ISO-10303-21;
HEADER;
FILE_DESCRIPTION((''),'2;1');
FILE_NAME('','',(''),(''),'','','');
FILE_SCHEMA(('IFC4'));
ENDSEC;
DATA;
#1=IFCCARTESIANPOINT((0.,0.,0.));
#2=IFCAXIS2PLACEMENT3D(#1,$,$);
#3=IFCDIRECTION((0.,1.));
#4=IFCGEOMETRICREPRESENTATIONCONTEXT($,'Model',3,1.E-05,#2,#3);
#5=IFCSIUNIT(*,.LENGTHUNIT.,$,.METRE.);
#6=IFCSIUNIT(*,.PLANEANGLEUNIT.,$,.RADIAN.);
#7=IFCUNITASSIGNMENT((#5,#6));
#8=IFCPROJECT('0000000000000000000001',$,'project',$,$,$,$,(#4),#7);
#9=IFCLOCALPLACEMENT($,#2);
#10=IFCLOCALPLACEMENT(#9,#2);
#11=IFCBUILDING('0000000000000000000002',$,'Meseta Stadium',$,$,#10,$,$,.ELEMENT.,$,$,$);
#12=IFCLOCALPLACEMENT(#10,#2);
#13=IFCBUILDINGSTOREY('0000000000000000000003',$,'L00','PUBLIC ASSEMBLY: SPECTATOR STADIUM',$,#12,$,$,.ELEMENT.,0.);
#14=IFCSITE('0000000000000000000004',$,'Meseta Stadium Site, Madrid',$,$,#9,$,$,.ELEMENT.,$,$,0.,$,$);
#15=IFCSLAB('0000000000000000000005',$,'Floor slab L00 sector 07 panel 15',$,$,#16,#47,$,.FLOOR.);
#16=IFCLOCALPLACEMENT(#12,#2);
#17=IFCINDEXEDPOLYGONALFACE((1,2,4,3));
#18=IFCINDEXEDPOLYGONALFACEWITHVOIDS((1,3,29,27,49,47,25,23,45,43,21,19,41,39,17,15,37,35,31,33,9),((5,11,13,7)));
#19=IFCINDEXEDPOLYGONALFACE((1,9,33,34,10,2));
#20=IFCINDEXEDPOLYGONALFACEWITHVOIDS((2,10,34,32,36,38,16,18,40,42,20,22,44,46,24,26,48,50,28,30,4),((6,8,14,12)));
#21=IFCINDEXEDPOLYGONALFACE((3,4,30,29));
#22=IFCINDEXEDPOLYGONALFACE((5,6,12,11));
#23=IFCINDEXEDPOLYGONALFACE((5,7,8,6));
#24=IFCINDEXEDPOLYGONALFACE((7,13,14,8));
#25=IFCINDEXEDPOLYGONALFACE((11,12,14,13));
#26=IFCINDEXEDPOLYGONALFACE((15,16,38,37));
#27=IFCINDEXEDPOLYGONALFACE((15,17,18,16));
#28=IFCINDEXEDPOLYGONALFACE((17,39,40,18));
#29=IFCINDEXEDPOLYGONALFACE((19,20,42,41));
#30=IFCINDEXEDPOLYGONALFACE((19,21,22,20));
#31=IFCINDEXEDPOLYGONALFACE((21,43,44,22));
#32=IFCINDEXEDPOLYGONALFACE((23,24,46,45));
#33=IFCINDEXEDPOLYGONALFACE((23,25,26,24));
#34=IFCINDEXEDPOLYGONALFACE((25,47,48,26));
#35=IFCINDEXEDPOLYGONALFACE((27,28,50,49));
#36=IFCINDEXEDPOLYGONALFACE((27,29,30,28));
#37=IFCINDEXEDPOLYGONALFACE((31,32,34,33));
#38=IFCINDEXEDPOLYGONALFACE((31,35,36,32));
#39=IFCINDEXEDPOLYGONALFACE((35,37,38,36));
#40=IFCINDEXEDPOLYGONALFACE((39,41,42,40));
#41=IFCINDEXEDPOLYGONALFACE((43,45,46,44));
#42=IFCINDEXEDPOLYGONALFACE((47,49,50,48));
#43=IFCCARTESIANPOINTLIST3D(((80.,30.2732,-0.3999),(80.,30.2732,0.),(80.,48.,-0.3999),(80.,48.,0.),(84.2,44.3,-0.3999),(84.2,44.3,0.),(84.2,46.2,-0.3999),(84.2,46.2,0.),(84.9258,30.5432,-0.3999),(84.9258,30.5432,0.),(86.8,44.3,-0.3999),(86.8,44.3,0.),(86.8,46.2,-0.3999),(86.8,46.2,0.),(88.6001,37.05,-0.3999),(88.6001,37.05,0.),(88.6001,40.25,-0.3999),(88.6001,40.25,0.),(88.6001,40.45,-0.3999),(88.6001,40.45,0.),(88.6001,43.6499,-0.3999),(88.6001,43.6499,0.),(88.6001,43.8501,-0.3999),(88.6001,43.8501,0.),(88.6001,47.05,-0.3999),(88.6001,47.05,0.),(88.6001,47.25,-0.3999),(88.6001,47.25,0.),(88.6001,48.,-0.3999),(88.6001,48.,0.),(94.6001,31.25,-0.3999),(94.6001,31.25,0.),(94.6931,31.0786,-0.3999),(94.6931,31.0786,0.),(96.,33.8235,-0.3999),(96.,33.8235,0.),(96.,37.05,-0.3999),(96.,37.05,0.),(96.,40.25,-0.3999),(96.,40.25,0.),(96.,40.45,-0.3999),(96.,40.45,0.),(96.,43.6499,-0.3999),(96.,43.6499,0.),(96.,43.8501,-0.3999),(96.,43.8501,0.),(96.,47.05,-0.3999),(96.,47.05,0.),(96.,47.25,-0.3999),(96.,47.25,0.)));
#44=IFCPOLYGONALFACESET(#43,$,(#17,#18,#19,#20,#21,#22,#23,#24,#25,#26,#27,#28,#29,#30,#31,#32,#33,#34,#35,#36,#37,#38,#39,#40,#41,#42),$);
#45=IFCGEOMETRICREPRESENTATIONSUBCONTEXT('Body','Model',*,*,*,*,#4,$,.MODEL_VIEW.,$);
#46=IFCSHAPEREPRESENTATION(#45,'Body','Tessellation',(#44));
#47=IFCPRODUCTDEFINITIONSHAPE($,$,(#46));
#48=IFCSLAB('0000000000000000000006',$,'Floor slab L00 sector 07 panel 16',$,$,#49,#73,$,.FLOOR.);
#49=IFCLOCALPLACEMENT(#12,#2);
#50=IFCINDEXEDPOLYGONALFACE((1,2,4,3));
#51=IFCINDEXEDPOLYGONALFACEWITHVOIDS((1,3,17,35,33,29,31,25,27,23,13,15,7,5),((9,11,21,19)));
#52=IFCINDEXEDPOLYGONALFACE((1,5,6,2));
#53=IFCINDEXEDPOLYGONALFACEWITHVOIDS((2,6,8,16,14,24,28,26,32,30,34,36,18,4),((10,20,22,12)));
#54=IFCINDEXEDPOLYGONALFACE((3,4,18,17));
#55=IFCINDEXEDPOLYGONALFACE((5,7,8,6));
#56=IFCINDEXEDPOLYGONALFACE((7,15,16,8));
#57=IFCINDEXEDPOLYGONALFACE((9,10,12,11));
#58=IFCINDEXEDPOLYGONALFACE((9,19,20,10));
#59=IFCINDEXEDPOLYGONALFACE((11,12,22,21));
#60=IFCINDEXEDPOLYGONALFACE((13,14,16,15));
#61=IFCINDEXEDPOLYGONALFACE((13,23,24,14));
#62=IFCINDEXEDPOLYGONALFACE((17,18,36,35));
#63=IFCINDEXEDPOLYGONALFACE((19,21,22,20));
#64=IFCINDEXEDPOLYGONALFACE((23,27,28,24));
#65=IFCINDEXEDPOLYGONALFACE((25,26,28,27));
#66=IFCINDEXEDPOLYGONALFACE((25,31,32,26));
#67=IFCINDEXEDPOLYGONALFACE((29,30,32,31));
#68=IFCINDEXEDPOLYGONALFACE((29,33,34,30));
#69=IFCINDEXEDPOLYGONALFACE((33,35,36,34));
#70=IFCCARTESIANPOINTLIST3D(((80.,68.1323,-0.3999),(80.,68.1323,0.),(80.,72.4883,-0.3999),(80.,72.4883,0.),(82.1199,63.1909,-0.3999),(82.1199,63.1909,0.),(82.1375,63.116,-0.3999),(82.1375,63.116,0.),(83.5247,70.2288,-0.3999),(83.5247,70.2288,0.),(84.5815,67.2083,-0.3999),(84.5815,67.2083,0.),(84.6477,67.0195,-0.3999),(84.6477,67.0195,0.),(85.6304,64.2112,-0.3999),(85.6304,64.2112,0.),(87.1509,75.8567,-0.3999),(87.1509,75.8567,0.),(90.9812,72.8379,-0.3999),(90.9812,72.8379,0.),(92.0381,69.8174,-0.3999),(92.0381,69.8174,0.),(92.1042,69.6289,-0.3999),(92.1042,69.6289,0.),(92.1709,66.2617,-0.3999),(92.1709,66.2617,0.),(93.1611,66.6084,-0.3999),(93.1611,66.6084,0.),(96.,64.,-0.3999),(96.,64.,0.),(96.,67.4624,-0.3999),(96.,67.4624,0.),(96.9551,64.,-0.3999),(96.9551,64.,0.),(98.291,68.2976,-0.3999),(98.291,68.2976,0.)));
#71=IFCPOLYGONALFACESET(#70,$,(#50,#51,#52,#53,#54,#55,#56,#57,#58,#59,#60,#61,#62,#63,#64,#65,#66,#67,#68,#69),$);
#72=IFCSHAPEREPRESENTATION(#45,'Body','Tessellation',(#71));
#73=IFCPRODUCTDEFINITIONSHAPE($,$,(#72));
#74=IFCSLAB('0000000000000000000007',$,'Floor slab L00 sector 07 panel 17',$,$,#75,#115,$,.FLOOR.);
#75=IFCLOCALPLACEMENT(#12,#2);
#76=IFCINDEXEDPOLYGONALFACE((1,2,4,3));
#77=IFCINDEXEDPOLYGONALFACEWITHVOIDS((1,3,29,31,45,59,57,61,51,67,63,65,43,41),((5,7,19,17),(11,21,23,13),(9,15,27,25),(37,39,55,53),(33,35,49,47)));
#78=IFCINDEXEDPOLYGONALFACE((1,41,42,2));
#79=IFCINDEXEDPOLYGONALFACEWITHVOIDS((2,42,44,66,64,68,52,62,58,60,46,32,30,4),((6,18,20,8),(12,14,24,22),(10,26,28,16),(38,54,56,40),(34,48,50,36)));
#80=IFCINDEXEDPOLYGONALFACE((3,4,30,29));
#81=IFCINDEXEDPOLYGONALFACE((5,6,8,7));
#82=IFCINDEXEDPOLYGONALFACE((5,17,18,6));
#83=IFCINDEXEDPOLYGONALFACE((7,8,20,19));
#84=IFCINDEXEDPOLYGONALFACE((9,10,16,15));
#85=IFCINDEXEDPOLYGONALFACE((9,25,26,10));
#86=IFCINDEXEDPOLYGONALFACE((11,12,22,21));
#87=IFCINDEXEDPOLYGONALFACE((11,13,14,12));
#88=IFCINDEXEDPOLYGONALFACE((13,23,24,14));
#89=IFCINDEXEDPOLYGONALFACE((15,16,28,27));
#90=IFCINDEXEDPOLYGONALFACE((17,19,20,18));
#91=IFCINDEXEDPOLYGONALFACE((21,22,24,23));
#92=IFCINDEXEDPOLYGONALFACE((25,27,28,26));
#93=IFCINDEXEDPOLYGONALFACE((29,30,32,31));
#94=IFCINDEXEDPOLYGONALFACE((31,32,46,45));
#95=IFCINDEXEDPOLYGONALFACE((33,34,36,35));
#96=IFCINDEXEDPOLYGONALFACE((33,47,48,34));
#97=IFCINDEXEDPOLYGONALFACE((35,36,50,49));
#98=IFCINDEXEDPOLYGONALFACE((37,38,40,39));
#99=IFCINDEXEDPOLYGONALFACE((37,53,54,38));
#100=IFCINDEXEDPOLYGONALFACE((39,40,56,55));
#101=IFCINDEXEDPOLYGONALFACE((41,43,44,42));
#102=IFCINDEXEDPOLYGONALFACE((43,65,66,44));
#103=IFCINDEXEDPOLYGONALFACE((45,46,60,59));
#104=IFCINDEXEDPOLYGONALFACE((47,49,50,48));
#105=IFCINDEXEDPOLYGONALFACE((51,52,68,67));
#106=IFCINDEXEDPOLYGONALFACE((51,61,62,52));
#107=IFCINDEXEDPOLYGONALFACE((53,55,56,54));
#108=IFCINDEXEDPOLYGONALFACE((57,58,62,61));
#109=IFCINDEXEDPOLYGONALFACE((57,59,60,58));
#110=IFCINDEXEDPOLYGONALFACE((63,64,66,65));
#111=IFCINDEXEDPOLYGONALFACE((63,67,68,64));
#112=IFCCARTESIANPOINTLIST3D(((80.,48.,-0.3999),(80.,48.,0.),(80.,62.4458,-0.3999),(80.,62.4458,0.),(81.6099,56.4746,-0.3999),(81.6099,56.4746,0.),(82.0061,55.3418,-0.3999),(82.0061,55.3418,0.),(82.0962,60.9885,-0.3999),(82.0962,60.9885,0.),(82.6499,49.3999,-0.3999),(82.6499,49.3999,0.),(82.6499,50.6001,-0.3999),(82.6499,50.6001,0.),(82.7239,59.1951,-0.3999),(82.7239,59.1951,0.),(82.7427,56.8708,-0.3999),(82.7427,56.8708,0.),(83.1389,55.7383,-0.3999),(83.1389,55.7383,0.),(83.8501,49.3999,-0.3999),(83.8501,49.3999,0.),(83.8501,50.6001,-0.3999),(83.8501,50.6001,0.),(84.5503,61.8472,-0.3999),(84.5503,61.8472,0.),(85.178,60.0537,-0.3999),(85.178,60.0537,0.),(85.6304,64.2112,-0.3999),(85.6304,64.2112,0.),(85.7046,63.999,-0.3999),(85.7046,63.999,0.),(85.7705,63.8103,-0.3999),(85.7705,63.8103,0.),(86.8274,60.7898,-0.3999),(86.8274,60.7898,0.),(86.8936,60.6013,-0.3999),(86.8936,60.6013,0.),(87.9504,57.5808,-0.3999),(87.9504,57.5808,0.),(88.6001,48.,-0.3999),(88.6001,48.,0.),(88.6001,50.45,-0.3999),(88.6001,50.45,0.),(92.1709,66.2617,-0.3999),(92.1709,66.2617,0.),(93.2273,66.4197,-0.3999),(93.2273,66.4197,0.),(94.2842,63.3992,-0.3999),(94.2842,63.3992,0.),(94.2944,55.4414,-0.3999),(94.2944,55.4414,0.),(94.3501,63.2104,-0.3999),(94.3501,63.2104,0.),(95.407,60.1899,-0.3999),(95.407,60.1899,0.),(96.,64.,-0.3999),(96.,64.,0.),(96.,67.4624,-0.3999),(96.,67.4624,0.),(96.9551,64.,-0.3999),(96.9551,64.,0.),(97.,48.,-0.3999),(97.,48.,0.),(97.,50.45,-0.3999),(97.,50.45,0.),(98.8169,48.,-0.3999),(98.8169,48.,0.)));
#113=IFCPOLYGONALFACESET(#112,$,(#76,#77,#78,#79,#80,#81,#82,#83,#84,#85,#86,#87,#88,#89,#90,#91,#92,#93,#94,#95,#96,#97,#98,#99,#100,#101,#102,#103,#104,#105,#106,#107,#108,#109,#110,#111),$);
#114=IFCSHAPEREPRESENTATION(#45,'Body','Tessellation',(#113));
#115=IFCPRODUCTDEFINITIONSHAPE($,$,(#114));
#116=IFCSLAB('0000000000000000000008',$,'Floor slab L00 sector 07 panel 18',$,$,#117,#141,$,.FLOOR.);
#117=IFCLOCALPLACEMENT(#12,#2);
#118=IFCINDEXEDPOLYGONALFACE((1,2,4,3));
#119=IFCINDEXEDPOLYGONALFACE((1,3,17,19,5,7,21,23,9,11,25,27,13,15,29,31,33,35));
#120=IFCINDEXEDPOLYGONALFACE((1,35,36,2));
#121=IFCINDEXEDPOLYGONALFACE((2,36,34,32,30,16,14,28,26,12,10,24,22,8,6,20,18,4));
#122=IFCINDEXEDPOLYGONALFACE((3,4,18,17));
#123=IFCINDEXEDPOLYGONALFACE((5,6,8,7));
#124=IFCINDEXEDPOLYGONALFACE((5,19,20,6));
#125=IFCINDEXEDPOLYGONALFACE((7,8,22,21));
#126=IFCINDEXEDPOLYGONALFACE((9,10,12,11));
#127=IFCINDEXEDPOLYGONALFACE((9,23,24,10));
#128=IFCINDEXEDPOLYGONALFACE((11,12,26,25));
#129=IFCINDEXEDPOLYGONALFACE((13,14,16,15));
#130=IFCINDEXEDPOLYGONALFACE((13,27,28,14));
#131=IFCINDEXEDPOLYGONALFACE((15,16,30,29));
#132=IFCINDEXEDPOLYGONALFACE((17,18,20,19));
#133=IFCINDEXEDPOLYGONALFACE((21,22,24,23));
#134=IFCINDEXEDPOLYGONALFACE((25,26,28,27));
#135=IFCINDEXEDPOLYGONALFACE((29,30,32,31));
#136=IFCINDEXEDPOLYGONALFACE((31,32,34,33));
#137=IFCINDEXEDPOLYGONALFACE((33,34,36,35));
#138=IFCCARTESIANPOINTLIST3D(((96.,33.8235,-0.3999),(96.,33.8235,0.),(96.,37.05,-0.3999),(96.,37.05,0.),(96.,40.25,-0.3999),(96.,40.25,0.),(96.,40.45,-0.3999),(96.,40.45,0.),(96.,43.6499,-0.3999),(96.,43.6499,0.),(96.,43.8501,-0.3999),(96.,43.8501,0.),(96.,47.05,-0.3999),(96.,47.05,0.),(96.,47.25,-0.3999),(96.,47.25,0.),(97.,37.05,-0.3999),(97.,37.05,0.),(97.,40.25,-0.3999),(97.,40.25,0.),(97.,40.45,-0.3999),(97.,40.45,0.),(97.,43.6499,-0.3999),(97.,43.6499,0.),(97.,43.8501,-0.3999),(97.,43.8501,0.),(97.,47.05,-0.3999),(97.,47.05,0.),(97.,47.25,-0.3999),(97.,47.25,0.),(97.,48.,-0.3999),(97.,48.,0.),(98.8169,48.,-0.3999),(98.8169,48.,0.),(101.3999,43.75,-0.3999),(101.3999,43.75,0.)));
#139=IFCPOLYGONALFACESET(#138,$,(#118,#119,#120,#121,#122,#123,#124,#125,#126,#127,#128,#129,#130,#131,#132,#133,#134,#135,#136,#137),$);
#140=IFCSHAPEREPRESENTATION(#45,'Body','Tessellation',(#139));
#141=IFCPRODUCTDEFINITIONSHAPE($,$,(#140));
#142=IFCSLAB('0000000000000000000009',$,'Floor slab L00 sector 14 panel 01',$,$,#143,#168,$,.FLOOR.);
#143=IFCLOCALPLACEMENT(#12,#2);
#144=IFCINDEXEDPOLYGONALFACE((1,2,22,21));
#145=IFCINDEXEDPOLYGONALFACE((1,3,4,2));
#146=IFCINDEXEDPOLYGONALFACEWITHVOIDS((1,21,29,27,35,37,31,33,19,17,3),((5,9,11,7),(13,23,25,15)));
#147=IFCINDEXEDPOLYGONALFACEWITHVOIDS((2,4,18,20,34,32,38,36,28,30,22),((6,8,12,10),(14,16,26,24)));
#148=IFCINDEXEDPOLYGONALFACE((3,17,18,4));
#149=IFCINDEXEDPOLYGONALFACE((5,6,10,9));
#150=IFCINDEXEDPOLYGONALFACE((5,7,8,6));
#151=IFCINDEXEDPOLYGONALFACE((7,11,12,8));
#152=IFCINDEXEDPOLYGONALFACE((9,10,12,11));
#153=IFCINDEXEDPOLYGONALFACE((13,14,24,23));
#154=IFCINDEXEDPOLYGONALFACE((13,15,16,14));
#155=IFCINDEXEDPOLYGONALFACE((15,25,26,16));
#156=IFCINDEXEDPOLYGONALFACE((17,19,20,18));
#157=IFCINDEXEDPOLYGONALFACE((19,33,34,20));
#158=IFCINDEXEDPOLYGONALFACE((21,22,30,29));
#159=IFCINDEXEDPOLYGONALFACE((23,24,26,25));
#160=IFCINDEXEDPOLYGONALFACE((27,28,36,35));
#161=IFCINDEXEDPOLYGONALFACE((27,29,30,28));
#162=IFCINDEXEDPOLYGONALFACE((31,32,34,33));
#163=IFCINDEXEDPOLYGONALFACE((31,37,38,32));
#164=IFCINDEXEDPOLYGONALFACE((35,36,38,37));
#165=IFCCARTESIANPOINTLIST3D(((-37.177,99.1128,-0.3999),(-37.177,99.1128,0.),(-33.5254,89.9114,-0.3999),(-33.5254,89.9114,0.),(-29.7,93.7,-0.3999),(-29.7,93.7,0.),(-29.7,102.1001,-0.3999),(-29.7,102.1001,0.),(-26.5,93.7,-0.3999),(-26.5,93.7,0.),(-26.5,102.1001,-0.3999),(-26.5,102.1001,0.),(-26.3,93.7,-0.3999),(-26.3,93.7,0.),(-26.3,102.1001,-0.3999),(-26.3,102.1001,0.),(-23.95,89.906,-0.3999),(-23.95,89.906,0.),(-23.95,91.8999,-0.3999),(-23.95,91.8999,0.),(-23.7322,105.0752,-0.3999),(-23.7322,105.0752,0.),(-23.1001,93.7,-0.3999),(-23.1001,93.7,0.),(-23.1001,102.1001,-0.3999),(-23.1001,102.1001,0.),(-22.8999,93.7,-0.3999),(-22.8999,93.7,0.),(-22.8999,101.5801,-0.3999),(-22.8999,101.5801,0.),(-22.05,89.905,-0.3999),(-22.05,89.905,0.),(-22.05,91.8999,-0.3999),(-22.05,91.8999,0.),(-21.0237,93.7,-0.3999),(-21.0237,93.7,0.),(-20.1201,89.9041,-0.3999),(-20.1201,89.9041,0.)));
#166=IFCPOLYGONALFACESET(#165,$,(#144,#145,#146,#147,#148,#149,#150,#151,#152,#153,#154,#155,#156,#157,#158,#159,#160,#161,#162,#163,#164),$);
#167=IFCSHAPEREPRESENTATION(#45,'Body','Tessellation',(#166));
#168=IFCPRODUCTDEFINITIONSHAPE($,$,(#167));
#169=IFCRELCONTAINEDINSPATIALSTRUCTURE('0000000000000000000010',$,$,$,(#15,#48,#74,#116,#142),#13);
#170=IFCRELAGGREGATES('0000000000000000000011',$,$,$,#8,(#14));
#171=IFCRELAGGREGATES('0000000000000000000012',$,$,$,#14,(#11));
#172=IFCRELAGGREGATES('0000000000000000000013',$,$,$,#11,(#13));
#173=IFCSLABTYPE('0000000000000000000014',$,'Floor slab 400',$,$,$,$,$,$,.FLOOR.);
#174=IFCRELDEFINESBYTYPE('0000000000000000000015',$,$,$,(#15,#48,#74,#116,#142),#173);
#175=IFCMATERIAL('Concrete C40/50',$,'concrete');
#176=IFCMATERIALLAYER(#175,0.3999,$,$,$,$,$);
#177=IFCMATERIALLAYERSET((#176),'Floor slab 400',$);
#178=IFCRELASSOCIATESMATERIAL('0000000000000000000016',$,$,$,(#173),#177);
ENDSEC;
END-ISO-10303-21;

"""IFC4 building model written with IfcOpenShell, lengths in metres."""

from ifc_helpers import new_model, si_unit, direction, frame, origin, place, context, subcontext, project, spatial, polyline, outline, extrude, material, layer, layer_set, type_object, element, save


model = new_model("IFC4")

# Units and contexts
model_context = context("Model", 3, precision=1e-05, world=origin(), true_north=direction((0.0, 1.0)))
body_context = subcontext(model_context, "Body", "Model", "MODEL_VIEW")
ifc_project = project(units=[si_unit("LENGTHUNIT", "METRE"), si_unit("PLANEANGLEUNIT", "RADIAN")], contexts=[model_context])

# Site, building, storey
site_placement = place(None, origin())
site = spatial("IfcSite", under=ifc_project, at=site_placement, Name="Meseta Stadium Site, Madrid", CompositionType="ELEMENT", RefElevation=0.0)
building_placement = place(site_placement, origin())
building = spatial("IfcBuilding", under=site, at=building_placement, Name="Meseta Stadium", CompositionType="ELEMENT")
storey_placement = place(building_placement, origin())
storey = spatial("IfcBuildingStorey", under=building, at=storey_placement, Name="L00", Description="PUBLIC ASSEMBLY: SPECTATOR STADIUM", CompositionType="ELEMENT", Elevation=0.0)

# Slabs
ifc_material = material(Name="Concrete C40/50", Category="concrete")
ifc_layer = layer(ifc_material, 0.3999)
ifc_layer_set = layer_set([ifc_layer], Name="Floor slab 400")
slab_type = type_object("IfcSlabType", Name="Floor slab 400", PredefinedType="FLOOR", material=ifc_layer_set)
slab_1_placement = place(storey_placement, frame((0.0, 0.0, -0.3999)))
element("IfcSlab", 1, at=slab_1_placement, inside=storey, type_object=slab_type, Name="Floor slab L00 sector 07 panel 15", PredefinedType="FLOOR", context=body_context, shape_type="SweptSolid", body=[
    extrude(outline(polyline([(96.0, 40.25), (96.0, 40.45), (88.6001, 40.45), (88.6001, 43.6499), (96.0, 43.6499), (96.0, 43.8501), (88.6001, 43.8501), (88.6001, 47.05), (96.0, 47.05), (96.0, 47.25), (88.6001, 47.25), (88.6001, 48.0), (80.0, 48.0), (80.0, 30.2732), (84.9258, 30.5432), (94.6931, 31.0786), (94.6001, 31.25), (96.0, 33.8235), (96.0, 37.05), (88.6001, 37.05), (88.6001, 40.25), (96.0, 40.25)]), holes=[polyline([(86.8, 46.2), (86.8, 44.3), (84.2, 44.3), (84.2, 46.2), (86.8, 46.2)])]), origin(), (0.0, 0.0, 1.0), 0.3999),
])
slab_2_placement = place(storey_placement, frame((0.0, 0.0, -0.3999)))
element("IfcSlab", 2, at=slab_2_placement, inside=storey, type_object=slab_type, Name="Floor slab L00 sector 07 panel 16", PredefinedType="FLOOR", context=body_context, shape_type="SweptSolid", body=[
    extrude(outline(polyline([(82.1199, 63.1909), (82.1375, 63.116), (85.6304, 64.2112), (84.6477, 67.0195), (92.1042, 69.6289), (93.1611, 66.6084), (92.1709, 66.2617), (96.0, 67.4624), (96.0, 64.0), (96.9551, 64.0), (98.291, 68.2976), (87.1509, 75.8567), (80.0, 72.4883), (80.0, 68.1323), (82.1199, 63.1909)]), holes=[polyline([(90.9812, 72.8379), (92.0381, 69.8174), (84.5815, 67.2083), (83.5247, 70.2288), (90.9812, 72.8379)])]), origin(), (0.0, 0.0, 1.0), 0.3999),
])
slab_3_placement = place(storey_placement, frame((0.0, 0.0, -0.3999)))
element("IfcSlab", 3, at=slab_3_placement, inside=storey, type_object=slab_type, Name="Floor slab L00 sector 07 panel 17", PredefinedType="FLOOR", context=body_context, shape_type="SweptSolid", body=[
    extrude(outline(polyline([(94.2944, 55.4414), (96.9551, 64.0), (96.0, 64.0), (96.0, 67.4624), (92.1709, 66.2617), (85.7046, 63.999), (85.6304, 64.2112), (80.0, 62.4458), (80.0, 48.0), (88.6001, 48.0), (88.6001, 50.45), (97.0, 50.45), (97.0, 48.0), (98.8169, 48.0), (94.2944, 55.4414)]), holes=[polyline([(86.8274, 60.7898), (85.7705, 63.8103), (93.2273, 66.4197), (94.2842, 63.3992), (86.8274, 60.7898)]), polyline([(82.7239, 59.1951), (82.0962, 60.9885), (84.5503, 61.8472), (85.178, 60.0537), (82.7239, 59.1951)]), polyline([(82.0061, 55.3418), (81.6099, 56.4746), (82.7427, 56.8708), (83.1389, 55.7383), (82.0061, 55.3418)]), polyline([(82.6499, 50.6001), (83.8501, 50.6001), (83.8501, 49.3999), (82.6499, 49.3999), (82.6499, 50.6001)]), polyline([(86.8936, 60.6013), (94.3501, 63.2104), (95.407, 60.1899), (87.9504, 57.5808), (86.8936, 60.6013)])]), origin(), (0.0, 0.0, 1.0), 0.3999),
])
slab_4_placement = place(storey_placement, frame((0.0, 0.0, -0.3999)))
element("IfcSlab", 4, at=slab_4_placement, inside=storey, type_object=slab_type, Name="Floor slab L00 sector 07 panel 18", PredefinedType="FLOOR", context=body_context, shape_type="SweptSolid", body=[
    extrude(outline(polyline([(96.0, 40.25), (97.0, 40.25), (97.0, 37.05), (96.0, 37.05), (96.0, 33.8235), (101.3999, 43.75), (98.8169, 48.0), (97.0, 48.0), (97.0, 47.25), (96.0, 47.25), (96.0, 47.05), (97.0, 47.05), (97.0, 43.8501), (96.0, 43.8501), (96.0, 43.6499), (97.0, 43.6499), (97.0, 40.45), (96.0, 40.45), (96.0, 40.25)])), origin(), (0.0, 0.0, 1.0), 0.3999),
])
slab_5_placement = place(storey_placement, frame((0.0, 0.0, -0.3999)))
element("IfcSlab", 5, at=slab_5_placement, inside=storey, type_object=slab_type, Name="Floor slab L00 sector 14 panel 01", PredefinedType="FLOOR", context=body_context, shape_type="SweptSolid", body=[
    extrude(outline(polyline([(-23.7322, 105.0752), (-37.177, 99.1128), (-33.5254, 89.9114), (-23.95, 89.906), (-23.95, 91.8999), (-22.05, 91.8999), (-22.05, 89.905), (-20.1201, 89.9041), (-21.0237, 93.7), (-22.8999, 93.7), (-22.8999, 101.5801), (-23.7322, 105.0752)]), holes=[polyline([(-26.3, 93.7), (-26.3, 102.1001), (-23.1001, 102.1001), (-23.1001, 93.7), (-26.3, 93.7)]), polyline([(-29.7, 93.7), (-29.7, 102.1001), (-26.5, 102.1001), (-26.5, 93.7), (-29.7, 93.7)])]), origin(), (0.0, 0.0, 1.0), 0.3999),
])

save(model, "model.ifc")
